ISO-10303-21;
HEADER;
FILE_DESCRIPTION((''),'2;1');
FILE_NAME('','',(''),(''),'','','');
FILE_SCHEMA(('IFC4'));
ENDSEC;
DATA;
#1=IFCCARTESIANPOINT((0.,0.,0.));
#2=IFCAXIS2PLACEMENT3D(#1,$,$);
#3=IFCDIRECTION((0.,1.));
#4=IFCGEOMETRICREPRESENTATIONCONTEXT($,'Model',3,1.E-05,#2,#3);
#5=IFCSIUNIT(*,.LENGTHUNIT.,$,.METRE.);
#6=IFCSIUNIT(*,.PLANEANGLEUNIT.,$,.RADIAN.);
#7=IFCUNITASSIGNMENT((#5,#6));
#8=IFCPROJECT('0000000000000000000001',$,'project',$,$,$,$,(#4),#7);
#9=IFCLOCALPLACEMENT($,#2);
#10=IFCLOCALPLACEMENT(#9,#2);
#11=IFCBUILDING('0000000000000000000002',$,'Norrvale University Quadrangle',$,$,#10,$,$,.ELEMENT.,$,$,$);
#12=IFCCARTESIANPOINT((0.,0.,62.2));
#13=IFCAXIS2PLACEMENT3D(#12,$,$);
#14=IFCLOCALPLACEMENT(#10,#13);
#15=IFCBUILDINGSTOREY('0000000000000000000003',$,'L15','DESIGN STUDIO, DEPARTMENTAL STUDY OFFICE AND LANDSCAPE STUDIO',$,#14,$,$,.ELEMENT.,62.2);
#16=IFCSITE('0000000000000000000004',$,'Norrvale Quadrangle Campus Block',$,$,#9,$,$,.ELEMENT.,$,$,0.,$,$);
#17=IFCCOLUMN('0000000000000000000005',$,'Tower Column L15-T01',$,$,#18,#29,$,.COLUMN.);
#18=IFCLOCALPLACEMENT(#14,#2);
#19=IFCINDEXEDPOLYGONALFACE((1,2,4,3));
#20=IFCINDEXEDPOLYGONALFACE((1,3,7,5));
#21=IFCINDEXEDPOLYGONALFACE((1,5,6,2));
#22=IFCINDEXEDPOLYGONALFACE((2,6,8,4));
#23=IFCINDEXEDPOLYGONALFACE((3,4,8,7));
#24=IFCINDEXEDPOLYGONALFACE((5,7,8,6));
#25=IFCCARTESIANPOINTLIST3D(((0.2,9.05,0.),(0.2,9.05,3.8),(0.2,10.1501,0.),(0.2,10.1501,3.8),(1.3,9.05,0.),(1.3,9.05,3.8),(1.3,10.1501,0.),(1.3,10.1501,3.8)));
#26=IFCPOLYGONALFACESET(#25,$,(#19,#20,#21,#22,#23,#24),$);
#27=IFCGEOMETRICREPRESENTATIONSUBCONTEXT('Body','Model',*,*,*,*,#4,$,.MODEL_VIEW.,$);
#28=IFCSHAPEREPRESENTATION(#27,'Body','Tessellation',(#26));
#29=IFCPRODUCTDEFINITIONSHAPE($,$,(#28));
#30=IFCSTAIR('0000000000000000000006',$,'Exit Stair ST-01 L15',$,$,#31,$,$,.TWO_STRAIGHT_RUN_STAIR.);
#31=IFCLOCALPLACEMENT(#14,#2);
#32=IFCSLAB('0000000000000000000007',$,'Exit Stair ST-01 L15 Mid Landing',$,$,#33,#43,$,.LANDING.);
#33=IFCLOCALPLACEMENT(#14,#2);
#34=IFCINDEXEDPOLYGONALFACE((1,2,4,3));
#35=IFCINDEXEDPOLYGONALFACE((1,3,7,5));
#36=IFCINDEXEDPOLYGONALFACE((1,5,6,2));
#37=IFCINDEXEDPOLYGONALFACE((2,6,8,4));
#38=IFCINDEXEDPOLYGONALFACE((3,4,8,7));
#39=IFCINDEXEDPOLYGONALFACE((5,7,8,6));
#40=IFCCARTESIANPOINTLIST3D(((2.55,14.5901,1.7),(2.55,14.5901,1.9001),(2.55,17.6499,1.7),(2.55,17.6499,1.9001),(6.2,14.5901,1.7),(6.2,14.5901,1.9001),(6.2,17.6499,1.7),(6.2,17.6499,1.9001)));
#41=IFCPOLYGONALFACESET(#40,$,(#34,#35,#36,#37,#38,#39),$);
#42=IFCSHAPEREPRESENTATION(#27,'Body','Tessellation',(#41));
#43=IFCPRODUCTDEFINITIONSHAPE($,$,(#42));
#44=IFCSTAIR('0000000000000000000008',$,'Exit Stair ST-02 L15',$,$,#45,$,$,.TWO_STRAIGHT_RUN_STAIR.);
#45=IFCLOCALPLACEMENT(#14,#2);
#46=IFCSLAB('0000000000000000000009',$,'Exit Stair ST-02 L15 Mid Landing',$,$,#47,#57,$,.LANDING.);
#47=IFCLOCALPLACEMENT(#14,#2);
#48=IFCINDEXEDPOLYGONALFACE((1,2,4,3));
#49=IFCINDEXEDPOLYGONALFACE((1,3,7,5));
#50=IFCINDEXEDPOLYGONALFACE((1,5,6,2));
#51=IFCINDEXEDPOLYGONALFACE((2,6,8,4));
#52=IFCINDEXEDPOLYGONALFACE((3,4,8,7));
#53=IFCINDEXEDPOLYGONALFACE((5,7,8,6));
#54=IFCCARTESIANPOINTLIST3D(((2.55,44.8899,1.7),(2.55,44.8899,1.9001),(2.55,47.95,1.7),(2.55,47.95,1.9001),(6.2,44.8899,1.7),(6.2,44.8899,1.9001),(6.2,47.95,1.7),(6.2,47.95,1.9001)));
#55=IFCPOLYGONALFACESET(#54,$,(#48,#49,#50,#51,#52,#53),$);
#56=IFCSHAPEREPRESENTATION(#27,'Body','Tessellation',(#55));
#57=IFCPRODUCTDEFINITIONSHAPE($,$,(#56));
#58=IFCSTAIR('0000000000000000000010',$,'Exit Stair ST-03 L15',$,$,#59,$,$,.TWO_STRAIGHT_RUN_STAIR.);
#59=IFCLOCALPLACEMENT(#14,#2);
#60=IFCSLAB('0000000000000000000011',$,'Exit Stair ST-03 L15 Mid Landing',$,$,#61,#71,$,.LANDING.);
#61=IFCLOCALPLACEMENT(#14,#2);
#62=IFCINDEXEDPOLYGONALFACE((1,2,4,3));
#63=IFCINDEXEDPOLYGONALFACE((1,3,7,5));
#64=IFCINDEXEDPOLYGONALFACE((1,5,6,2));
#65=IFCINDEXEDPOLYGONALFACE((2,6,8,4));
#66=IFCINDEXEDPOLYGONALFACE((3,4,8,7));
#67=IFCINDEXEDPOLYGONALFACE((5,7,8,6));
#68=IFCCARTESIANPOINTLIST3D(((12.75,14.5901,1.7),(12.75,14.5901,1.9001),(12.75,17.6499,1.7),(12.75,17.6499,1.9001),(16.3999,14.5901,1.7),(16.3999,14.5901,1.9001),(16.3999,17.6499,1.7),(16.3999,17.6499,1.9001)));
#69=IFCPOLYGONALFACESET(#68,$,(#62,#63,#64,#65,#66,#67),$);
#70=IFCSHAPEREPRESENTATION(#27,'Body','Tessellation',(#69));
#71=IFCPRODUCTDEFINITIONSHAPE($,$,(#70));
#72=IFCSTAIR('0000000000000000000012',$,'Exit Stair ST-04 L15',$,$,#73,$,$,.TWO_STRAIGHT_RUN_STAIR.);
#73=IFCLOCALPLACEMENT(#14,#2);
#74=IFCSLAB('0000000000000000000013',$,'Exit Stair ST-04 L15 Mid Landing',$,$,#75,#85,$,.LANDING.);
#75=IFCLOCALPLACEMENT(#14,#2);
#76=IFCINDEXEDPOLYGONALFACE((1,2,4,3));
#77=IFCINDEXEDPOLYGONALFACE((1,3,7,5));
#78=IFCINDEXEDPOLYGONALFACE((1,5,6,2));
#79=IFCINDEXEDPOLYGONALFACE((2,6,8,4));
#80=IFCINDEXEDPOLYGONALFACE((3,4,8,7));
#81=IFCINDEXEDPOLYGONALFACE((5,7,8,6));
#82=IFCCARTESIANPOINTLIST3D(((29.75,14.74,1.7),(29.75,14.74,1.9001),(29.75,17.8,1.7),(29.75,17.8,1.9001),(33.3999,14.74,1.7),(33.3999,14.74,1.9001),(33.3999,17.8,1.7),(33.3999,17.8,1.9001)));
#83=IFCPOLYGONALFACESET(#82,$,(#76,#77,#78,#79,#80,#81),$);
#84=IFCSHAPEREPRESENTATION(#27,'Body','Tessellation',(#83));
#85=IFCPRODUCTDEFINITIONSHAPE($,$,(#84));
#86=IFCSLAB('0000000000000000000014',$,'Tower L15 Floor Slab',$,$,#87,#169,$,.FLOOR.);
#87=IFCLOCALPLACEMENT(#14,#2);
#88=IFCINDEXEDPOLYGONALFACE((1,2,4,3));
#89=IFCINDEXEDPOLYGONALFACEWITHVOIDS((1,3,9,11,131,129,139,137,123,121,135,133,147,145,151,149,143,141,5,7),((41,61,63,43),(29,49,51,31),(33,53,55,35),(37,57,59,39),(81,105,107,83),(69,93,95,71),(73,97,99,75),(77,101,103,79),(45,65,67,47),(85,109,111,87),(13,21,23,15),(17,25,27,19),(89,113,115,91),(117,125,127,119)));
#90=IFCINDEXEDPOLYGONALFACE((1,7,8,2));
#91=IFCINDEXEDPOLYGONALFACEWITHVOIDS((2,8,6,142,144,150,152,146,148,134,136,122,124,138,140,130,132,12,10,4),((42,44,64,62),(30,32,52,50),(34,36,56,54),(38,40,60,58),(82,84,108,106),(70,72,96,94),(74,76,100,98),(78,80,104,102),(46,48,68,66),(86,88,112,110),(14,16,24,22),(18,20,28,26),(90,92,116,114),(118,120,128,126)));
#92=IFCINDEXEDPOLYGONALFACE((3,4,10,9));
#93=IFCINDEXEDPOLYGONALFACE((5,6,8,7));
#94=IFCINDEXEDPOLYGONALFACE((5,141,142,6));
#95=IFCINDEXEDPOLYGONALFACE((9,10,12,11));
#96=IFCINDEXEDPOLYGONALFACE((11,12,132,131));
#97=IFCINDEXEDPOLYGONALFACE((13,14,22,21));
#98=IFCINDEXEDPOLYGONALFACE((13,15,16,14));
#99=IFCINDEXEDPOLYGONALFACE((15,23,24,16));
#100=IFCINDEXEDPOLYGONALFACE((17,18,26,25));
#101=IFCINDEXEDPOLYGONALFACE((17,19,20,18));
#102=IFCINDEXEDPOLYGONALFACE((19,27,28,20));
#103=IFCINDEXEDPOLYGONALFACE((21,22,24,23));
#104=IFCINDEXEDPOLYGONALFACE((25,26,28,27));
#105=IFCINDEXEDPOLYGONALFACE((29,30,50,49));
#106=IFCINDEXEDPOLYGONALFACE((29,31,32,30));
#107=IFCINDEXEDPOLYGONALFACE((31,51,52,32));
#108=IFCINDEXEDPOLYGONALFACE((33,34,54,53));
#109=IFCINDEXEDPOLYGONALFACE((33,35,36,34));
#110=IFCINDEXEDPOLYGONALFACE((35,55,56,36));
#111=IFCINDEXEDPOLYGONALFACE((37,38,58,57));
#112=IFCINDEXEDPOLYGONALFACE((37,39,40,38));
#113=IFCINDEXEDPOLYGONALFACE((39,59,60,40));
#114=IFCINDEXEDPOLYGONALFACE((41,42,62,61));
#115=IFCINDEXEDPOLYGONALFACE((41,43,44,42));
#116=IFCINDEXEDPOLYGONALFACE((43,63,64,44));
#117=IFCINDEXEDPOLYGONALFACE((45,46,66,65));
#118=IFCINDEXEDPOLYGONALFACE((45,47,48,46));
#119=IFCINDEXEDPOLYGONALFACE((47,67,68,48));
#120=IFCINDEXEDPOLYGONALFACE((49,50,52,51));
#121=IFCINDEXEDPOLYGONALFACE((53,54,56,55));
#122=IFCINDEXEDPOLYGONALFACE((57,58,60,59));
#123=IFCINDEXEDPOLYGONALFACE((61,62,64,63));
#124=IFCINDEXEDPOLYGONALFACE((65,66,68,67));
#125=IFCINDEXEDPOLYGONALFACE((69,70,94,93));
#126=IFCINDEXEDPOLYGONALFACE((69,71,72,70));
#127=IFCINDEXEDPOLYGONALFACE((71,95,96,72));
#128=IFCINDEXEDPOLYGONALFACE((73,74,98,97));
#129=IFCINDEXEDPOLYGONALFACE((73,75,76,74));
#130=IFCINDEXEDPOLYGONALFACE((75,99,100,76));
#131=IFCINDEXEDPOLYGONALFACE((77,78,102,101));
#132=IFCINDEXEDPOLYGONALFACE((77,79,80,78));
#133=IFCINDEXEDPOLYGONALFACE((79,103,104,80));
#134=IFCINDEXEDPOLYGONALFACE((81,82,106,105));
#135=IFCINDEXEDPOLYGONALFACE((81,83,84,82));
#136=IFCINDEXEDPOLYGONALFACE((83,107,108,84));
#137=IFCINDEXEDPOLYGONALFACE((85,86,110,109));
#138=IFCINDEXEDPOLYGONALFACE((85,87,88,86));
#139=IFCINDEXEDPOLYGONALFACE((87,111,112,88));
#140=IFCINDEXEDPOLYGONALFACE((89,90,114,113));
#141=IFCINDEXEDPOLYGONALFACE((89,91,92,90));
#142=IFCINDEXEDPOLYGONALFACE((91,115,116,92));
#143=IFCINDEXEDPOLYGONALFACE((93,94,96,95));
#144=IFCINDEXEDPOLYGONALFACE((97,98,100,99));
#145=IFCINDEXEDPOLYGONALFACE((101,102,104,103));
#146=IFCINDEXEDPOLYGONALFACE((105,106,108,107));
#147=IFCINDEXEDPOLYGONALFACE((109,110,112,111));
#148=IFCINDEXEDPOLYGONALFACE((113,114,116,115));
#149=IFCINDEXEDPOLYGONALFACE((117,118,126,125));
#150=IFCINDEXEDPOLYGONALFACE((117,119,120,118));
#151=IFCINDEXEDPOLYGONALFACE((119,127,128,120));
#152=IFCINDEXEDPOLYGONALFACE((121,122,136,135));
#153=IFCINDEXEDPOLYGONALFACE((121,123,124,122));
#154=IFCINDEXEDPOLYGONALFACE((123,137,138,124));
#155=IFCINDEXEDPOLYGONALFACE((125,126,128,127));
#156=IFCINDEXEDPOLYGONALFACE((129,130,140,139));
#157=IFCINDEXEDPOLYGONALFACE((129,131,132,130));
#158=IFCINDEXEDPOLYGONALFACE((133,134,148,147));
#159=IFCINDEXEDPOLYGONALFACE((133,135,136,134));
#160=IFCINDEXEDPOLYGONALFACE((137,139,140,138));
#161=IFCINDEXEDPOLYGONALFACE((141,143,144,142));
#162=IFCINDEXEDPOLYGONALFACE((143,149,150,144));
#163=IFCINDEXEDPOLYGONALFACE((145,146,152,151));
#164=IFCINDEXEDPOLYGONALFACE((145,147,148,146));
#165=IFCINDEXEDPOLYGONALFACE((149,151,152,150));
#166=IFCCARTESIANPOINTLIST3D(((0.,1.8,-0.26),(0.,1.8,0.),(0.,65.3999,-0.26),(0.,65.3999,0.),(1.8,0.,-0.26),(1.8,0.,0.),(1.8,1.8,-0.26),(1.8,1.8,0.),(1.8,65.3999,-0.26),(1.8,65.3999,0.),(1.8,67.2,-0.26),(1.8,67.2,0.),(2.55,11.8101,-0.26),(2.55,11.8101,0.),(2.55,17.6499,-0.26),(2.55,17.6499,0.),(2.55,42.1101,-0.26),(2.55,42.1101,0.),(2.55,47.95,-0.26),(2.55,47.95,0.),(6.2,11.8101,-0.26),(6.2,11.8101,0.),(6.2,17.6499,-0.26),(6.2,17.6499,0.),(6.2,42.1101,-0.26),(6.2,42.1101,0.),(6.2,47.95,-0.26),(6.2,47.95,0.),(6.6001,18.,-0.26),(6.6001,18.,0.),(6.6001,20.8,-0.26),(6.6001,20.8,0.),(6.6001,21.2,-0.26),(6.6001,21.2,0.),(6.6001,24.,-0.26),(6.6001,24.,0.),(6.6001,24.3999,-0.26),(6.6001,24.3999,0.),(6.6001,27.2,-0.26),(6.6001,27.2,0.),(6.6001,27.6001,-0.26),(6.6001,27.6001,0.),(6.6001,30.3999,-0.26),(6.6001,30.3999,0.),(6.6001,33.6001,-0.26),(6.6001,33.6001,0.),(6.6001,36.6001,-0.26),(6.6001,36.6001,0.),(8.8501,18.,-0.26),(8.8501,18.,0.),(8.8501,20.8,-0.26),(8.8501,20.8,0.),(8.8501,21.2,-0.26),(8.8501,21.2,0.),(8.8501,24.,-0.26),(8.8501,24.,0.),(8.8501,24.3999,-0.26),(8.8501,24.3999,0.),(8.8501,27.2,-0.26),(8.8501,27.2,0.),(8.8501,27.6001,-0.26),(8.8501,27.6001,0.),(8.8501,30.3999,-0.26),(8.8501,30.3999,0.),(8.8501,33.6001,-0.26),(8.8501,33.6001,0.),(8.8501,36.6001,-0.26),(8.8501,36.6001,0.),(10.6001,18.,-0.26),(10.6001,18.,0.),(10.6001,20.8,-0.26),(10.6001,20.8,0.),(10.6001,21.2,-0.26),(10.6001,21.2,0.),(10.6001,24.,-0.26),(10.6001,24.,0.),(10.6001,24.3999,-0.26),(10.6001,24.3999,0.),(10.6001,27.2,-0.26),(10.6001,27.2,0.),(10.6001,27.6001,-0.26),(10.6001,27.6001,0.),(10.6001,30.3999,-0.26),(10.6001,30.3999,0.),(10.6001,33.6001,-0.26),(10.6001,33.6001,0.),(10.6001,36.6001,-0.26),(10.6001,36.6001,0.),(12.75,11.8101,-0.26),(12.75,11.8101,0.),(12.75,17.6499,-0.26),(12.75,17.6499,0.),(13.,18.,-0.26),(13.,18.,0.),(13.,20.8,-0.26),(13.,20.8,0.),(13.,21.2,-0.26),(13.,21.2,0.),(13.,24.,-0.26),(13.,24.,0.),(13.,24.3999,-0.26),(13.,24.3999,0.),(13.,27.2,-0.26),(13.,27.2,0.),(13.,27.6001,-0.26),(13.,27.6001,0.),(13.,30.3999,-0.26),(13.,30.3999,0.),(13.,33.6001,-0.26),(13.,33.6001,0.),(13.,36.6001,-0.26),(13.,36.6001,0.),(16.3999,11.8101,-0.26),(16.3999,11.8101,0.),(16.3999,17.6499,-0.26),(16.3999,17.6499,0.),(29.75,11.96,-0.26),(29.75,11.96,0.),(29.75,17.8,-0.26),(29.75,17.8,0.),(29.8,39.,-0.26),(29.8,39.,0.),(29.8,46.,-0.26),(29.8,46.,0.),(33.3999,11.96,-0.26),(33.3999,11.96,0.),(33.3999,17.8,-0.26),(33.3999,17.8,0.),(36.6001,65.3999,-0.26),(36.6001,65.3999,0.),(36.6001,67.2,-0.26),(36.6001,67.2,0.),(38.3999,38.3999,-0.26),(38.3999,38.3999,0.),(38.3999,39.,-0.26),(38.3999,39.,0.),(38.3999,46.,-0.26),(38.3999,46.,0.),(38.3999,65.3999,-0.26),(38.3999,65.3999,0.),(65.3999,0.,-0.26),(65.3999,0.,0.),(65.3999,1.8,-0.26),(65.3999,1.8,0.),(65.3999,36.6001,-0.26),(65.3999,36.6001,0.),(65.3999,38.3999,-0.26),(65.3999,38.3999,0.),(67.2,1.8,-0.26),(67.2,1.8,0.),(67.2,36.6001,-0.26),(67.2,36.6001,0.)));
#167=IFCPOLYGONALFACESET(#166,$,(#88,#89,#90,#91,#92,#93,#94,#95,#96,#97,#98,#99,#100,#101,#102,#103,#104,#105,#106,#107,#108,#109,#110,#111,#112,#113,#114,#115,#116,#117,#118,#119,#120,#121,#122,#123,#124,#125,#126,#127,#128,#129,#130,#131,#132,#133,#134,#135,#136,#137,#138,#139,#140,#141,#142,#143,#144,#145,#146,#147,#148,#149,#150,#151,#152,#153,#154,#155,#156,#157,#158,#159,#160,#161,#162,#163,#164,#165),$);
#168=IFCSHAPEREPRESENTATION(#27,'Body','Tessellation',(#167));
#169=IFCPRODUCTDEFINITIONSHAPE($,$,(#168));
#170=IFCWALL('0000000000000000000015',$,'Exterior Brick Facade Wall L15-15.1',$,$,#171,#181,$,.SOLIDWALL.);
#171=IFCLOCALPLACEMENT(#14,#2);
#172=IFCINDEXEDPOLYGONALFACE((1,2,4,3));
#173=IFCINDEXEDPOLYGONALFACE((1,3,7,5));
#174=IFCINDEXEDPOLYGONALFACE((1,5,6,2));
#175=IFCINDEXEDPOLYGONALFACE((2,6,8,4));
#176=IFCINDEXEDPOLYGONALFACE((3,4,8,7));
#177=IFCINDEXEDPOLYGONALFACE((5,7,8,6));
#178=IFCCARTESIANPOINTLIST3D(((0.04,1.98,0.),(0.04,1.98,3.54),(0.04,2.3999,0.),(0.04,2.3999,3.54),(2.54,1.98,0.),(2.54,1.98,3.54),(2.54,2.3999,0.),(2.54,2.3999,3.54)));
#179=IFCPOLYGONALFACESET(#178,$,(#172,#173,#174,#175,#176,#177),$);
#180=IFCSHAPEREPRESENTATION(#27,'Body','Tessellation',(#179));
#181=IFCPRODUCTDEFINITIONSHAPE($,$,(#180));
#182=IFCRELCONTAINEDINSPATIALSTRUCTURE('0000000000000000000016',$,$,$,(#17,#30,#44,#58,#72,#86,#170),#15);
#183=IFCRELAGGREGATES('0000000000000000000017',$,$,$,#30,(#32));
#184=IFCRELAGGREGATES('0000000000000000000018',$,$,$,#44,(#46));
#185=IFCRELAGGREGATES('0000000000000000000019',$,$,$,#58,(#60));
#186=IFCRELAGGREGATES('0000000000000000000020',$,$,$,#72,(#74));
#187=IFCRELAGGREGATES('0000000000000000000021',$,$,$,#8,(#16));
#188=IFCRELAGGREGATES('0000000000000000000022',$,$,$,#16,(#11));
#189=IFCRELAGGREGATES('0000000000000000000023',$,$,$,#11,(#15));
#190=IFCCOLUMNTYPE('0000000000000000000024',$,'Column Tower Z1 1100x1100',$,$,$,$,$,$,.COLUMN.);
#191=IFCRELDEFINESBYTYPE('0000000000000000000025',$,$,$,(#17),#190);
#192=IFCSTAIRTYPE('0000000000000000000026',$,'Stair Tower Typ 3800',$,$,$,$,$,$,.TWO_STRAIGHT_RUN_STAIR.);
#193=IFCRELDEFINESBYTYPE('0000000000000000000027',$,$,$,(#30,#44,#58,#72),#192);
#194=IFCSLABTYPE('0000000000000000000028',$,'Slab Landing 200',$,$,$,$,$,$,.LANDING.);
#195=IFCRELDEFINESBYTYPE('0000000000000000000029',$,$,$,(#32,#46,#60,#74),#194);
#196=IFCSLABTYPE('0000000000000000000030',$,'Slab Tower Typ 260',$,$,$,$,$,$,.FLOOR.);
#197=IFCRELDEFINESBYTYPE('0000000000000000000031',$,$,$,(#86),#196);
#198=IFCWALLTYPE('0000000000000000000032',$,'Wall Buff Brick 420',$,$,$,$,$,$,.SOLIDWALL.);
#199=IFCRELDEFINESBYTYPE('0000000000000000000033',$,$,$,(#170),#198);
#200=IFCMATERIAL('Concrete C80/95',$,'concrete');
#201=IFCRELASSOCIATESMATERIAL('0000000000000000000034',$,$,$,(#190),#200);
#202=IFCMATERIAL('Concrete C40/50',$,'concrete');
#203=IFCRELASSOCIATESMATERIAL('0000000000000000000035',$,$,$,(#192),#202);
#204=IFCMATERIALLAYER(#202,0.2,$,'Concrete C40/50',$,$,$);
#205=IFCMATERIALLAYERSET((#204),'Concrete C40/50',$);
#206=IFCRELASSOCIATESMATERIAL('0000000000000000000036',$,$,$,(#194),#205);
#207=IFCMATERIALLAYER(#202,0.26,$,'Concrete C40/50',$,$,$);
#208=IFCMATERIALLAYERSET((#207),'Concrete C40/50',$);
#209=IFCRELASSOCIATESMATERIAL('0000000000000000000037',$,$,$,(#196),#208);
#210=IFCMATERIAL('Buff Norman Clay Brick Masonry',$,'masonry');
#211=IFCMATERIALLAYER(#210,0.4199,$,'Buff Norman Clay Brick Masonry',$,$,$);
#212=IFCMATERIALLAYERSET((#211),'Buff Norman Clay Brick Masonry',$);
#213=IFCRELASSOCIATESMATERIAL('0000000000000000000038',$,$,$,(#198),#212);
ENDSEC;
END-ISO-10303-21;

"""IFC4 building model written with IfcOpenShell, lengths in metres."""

from ifc_helpers import new_model, si_unit, direction, frame, frame_2d, origin, origin_2d, place, context, subcontext, project, spatial, polyline, rectangle, outline, extrude, material, layer, layer_set, material_profile, profile_set, type_object, element, aggregate, save


model = new_model("IFC4")

# Units and contexts
model_context = context("Model", 3, precision=1e-05, world=origin(), true_north=direction((0.0, 1.0)))
body_context = subcontext(model_context, "Body", "Model", "MODEL_VIEW")
ifc_project = project(units=[si_unit("LENGTHUNIT", "METRE"), si_unit("PLANEANGLEUNIT", "RADIAN")], contexts=[model_context])

# Site, building, storey
site_placement = place(None, origin())
site = spatial("IfcSite", under=ifc_project, at=site_placement, Name="Norrvale Quadrangle Campus Block", CompositionType="ELEMENT", RefElevation=0.0)
building_placement = place(site_placement, origin())
building = spatial("IfcBuilding", under=site, at=building_placement, Name="Norrvale University Quadrangle", CompositionType="ELEMENT")
storey_placement = place(building_placement, frame((0.0, 0.0, 62.2)))
storey = spatial("IfcBuildingStorey", under=building, at=storey_placement, Name="L15", Description="DESIGN STUDIO, DEPARTMENTAL STUDY OFFICE AND LANDSCAPE STUDIO", CompositionType="ELEMENT", Elevation=62.2)

# Column
ifc_material_1 = material(Name="Concrete C80/95", Category="concrete")
ifc_material_profile = material_profile(ifc_material_1, rectangle(XDim=1.1001, YDim=1.1001, at=origin_2d()), Name="Concrete C80/95")
ifc_profile_set = profile_set([ifc_material_profile], Name="Concrete C80/95")
column_type = type_object("IfcColumnType", Name="Column Tower Z1 1100x1100", PredefinedType="COLUMN", material=ifc_profile_set)
column_placement = place(storey_placement, frame((0.75, 9.6001, 0.0), z_axis=(0.0, 0.0, 1.0), x_axis=(1.0, 0.0, 0.0)))
element("IfcColumn", 1, at=column_placement, inside=storey, type_object=column_type, Name="Tower Column L15-T01", PredefinedType="COLUMN", context=body_context, shape_type="SweptSolid", body=[
    extrude(rectangle(XDim=1.1001, YDim=1.1001, at=origin_2d()), origin(), (0.0, 0.0, 1.0), 3.8),
])

# Stairs, slabs
ifc_material_2 = material(Name="Concrete C40/50", Category="concrete")
stair_type = type_object("IfcStairType", Name="Stair Tower Typ 3800", PredefinedType="TWO_STRAIGHT_RUN_STAIR", material=ifc_material_2)
stair_1_placement = place(storey_placement, origin())
stair_1 = element("IfcStair", 2, at=stair_1_placement, inside=storey, type_object=stair_type, Name="Exit Stair ST-01 L15", PredefinedType="TWO_STRAIGHT_RUN_STAIR")
ifc_layer_1 = layer(ifc_material_2, 0.2, Name="Concrete C40/50")
ifc_layer_set_1 = layer_set([ifc_layer_1], Name="Concrete C40/50")
slab_type_1 = type_object("IfcSlabType", Name="Slab Landing 200", PredefinedType="LANDING", material=ifc_layer_set_1)
slab_1_placement = place(storey_placement, frame((0.0, 0.0, 1.7)))
slab_1 = element("IfcSlab", 3, at=slab_1_placement, type_object=slab_type_1, Name="Exit Stair ST-01 L15 Mid Landing", PredefinedType="LANDING", context=body_context, shape_type="SweptSolid", body=[
    extrude(outline(polyline([(2.55, 14.5901), (6.2, 14.5901), (6.2, 17.6499), (2.55, 17.6499), (2.55, 14.5901)])), origin(), (0.0, 0.0, 1.0), 0.2002),
])
aggregate(stair_1, [slab_1])
stair_2_placement = place(storey_placement, origin())
stair_2 = element("IfcStair", 4, at=stair_2_placement, inside=storey, type_object=stair_type, Name="Exit Stair ST-02 L15", PredefinedType="TWO_STRAIGHT_RUN_STAIR")
slab_2_placement = place(storey_placement, frame((0.0, 0.0, 1.7)))
slab_2 = element("IfcSlab", 5, at=slab_2_placement, type_object=slab_type_1, Name="Exit Stair ST-02 L15 Mid Landing", PredefinedType="LANDING", context=body_context, shape_type="SweptSolid", body=[
    extrude(outline(polyline([(2.55, 44.8899), (6.2, 44.8899), (6.2, 47.95), (2.55, 47.95), (2.55, 44.8899)])), origin(), (0.0, 0.0, 1.0), 0.2002),
])
aggregate(stair_2, [slab_2])
stair_3_placement = place(storey_placement, origin())
stair_3 = element("IfcStair", 6, at=stair_3_placement, inside=storey, type_object=stair_type, Name="Exit Stair ST-03 L15", PredefinedType="TWO_STRAIGHT_RUN_STAIR")
slab_3_placement = place(storey_placement, frame((0.0, 0.0, 1.7)))
slab_3 = element("IfcSlab", 7, at=slab_3_placement, type_object=slab_type_1, Name="Exit Stair ST-03 L15 Mid Landing", PredefinedType="LANDING", context=body_context, shape_type="SweptSolid", body=[
    extrude(outline(polyline([(12.75, 14.5901), (16.3999, 14.5901), (16.3999, 17.6499), (12.75, 17.6499), (12.75, 14.5901)])), origin(), (0.0, 0.0, 1.0), 0.2002),
])
aggregate(stair_3, [slab_3])
stair_4_placement = place(storey_placement, origin())
stair_4 = element("IfcStair", 8, at=stair_4_placement, inside=storey, type_object=stair_type, Name="Exit Stair ST-04 L15", PredefinedType="TWO_STRAIGHT_RUN_STAIR")
slab_4_placement = place(storey_placement, frame((0.0, 0.0, 1.7)))
slab_4 = element("IfcSlab", 9, at=slab_4_placement, type_object=slab_type_1, Name="Exit Stair ST-04 L15 Mid Landing", PredefinedType="LANDING", context=body_context, shape_type="SweptSolid", body=[
    extrude(outline(polyline([(29.75, 14.74), (33.3999, 14.74), (33.3999, 17.8), (29.75, 17.8), (29.75, 14.74)])), origin(), (0.0, 0.0, 1.0), 0.2002),
])
aggregate(stair_4, [slab_4])

# Slab
ifc_layer_2 = layer(ifc_material_2, 0.26, Name="Concrete C40/50")
ifc_layer_set_2 = layer_set([ifc_layer_2], Name="Concrete C40/50")
slab_type_2 = type_object("IfcSlabType", Name="Slab Tower Typ 260", PredefinedType="FLOOR", material=ifc_layer_set_2)
slab_5_placement = place(storey_placement, frame((0.0, 0.0, -0.26)))
element("IfcSlab", 10, at=slab_5_placement, inside=storey, type_object=slab_type_2, Name="Tower L15 Floor Slab", PredefinedType="FLOOR", context=body_context, shape_type="SweptSolid", body=[
    extrude(outline(polyline([(38.3999, 38.3999), (65.3999, 38.3999), (65.3999, 36.6001), (67.2, 36.6001), (67.2, 1.8), (65.3999, 1.8), (65.3999, 0.0), (1.8, 0.0), (1.8, 1.8), (0.0, 1.8), (0.0, 65.3999), (1.8, 65.3999), (1.8, 67.2), (36.6001, 67.2), (36.6001, 65.3999), (38.3999, 65.3999), (38.3999, 46.0), (29.8, 46.0), (29.8, 39.0), (38.3999, 39.0), (38.3999, 38.3999)]), holes=[polyline([(2.55, 11.8101), (6.2, 11.8101), (6.2, 17.6499), (2.55, 17.6499), (2.55, 11.8101)]), polyline([(2.55, 42.1101), (6.2, 42.1101), (6.2, 47.95), (2.55, 47.95), (2.55, 42.1101)]), polyline([(12.75, 11.8101), (16.3999, 11.8101), (16.3999, 17.6499), (12.75, 17.6499), (12.75, 11.8101)]), polyline([(29.75, 11.96), (33.3999, 11.96), (33.3999, 17.8), (29.75, 17.8), (29.75, 11.96)]), polyline([(6.6001, 18.0), (8.8501, 18.0), (8.8501, 20.8), (6.6001, 20.8), (6.6001, 18.0)]), polyline([(6.6001, 21.2), (8.8501, 21.2), (8.8501, 24.0), (6.6001, 24.0), (6.6001, 21.2)]), polyline([(6.6001, 24.3999), (8.8501, 24.3999), (8.8501, 27.2), (6.6001, 27.2), (6.6001, 24.3999)]), polyline([(6.6001, 27.6001), (8.8501, 27.6001), (8.8501, 30.3999), (6.6001, 30.3999), (6.6001, 27.6001)]), polyline([(10.6001, 18.0), (13.0, 18.0), (13.0, 20.8), (10.6001, 20.8), (10.6001, 18.0)]), polyline([(10.6001, 21.2), (13.0, 21.2), (13.0, 24.0), (10.6001, 24.0), (10.6001, 21.2)]), polyline([(10.6001, 24.3999), (13.0, 24.3999), (13.0, 27.2), (10.6001, 27.2), (10.6001, 24.3999)]), polyline([(10.6001, 27.6001), (13.0, 27.6001), (13.0, 30.3999), (10.6001, 30.3999), (10.6001, 27.6001)]), polyline([(6.6001, 33.6001), (8.8501, 33.6001), (8.8501, 36.6001), (6.6001, 36.6001), (6.6001, 33.6001)]), polyline([(10.6001, 33.6001), (13.0, 33.6001), (13.0, 36.6001), (10.6001, 36.6001), (10.6001, 33.6001)])]), origin(), (0.0, 0.0, 1.0), 0.26),
])

# Wall
ifc_material_3 = material(Name="Buff Norman Clay Brick Masonry", Category="masonry")
ifc_layer_3 = layer(ifc_material_3, 0.4199, Name="Buff Norman Clay Brick Masonry")
ifc_layer_set_3 = layer_set([ifc_layer_3], Name="Buff Norman Clay Brick Masonry")
wall_type_1 = type_object("IfcWallType", Name="Wall Buff Brick 420", PredefinedType="SOLIDWALL", material=ifc_layer_set_3)
wall_1_placement = place(storey_placement, frame((0.04, 2.1899, 0.0), z_axis=(0.0, 0.0, 1.0), x_axis=(1.0, 0.0, 0.0)))
element("IfcWall", 11, at=wall_1_placement, inside=storey, type_object=wall_type_1, Name="Exterior Brick Facade Wall L15-15.1", PredefinedType="SOLIDWALL", context=body_context, shape_type="SweptSolid", body=[
    extrude(rectangle(XDim=2.5, YDim=0.4199, at=frame_2d((1.25, 0.0))), origin(), (0.0, 0.0, 1.0), 3.54),
])

save(model, "model.ifc")
